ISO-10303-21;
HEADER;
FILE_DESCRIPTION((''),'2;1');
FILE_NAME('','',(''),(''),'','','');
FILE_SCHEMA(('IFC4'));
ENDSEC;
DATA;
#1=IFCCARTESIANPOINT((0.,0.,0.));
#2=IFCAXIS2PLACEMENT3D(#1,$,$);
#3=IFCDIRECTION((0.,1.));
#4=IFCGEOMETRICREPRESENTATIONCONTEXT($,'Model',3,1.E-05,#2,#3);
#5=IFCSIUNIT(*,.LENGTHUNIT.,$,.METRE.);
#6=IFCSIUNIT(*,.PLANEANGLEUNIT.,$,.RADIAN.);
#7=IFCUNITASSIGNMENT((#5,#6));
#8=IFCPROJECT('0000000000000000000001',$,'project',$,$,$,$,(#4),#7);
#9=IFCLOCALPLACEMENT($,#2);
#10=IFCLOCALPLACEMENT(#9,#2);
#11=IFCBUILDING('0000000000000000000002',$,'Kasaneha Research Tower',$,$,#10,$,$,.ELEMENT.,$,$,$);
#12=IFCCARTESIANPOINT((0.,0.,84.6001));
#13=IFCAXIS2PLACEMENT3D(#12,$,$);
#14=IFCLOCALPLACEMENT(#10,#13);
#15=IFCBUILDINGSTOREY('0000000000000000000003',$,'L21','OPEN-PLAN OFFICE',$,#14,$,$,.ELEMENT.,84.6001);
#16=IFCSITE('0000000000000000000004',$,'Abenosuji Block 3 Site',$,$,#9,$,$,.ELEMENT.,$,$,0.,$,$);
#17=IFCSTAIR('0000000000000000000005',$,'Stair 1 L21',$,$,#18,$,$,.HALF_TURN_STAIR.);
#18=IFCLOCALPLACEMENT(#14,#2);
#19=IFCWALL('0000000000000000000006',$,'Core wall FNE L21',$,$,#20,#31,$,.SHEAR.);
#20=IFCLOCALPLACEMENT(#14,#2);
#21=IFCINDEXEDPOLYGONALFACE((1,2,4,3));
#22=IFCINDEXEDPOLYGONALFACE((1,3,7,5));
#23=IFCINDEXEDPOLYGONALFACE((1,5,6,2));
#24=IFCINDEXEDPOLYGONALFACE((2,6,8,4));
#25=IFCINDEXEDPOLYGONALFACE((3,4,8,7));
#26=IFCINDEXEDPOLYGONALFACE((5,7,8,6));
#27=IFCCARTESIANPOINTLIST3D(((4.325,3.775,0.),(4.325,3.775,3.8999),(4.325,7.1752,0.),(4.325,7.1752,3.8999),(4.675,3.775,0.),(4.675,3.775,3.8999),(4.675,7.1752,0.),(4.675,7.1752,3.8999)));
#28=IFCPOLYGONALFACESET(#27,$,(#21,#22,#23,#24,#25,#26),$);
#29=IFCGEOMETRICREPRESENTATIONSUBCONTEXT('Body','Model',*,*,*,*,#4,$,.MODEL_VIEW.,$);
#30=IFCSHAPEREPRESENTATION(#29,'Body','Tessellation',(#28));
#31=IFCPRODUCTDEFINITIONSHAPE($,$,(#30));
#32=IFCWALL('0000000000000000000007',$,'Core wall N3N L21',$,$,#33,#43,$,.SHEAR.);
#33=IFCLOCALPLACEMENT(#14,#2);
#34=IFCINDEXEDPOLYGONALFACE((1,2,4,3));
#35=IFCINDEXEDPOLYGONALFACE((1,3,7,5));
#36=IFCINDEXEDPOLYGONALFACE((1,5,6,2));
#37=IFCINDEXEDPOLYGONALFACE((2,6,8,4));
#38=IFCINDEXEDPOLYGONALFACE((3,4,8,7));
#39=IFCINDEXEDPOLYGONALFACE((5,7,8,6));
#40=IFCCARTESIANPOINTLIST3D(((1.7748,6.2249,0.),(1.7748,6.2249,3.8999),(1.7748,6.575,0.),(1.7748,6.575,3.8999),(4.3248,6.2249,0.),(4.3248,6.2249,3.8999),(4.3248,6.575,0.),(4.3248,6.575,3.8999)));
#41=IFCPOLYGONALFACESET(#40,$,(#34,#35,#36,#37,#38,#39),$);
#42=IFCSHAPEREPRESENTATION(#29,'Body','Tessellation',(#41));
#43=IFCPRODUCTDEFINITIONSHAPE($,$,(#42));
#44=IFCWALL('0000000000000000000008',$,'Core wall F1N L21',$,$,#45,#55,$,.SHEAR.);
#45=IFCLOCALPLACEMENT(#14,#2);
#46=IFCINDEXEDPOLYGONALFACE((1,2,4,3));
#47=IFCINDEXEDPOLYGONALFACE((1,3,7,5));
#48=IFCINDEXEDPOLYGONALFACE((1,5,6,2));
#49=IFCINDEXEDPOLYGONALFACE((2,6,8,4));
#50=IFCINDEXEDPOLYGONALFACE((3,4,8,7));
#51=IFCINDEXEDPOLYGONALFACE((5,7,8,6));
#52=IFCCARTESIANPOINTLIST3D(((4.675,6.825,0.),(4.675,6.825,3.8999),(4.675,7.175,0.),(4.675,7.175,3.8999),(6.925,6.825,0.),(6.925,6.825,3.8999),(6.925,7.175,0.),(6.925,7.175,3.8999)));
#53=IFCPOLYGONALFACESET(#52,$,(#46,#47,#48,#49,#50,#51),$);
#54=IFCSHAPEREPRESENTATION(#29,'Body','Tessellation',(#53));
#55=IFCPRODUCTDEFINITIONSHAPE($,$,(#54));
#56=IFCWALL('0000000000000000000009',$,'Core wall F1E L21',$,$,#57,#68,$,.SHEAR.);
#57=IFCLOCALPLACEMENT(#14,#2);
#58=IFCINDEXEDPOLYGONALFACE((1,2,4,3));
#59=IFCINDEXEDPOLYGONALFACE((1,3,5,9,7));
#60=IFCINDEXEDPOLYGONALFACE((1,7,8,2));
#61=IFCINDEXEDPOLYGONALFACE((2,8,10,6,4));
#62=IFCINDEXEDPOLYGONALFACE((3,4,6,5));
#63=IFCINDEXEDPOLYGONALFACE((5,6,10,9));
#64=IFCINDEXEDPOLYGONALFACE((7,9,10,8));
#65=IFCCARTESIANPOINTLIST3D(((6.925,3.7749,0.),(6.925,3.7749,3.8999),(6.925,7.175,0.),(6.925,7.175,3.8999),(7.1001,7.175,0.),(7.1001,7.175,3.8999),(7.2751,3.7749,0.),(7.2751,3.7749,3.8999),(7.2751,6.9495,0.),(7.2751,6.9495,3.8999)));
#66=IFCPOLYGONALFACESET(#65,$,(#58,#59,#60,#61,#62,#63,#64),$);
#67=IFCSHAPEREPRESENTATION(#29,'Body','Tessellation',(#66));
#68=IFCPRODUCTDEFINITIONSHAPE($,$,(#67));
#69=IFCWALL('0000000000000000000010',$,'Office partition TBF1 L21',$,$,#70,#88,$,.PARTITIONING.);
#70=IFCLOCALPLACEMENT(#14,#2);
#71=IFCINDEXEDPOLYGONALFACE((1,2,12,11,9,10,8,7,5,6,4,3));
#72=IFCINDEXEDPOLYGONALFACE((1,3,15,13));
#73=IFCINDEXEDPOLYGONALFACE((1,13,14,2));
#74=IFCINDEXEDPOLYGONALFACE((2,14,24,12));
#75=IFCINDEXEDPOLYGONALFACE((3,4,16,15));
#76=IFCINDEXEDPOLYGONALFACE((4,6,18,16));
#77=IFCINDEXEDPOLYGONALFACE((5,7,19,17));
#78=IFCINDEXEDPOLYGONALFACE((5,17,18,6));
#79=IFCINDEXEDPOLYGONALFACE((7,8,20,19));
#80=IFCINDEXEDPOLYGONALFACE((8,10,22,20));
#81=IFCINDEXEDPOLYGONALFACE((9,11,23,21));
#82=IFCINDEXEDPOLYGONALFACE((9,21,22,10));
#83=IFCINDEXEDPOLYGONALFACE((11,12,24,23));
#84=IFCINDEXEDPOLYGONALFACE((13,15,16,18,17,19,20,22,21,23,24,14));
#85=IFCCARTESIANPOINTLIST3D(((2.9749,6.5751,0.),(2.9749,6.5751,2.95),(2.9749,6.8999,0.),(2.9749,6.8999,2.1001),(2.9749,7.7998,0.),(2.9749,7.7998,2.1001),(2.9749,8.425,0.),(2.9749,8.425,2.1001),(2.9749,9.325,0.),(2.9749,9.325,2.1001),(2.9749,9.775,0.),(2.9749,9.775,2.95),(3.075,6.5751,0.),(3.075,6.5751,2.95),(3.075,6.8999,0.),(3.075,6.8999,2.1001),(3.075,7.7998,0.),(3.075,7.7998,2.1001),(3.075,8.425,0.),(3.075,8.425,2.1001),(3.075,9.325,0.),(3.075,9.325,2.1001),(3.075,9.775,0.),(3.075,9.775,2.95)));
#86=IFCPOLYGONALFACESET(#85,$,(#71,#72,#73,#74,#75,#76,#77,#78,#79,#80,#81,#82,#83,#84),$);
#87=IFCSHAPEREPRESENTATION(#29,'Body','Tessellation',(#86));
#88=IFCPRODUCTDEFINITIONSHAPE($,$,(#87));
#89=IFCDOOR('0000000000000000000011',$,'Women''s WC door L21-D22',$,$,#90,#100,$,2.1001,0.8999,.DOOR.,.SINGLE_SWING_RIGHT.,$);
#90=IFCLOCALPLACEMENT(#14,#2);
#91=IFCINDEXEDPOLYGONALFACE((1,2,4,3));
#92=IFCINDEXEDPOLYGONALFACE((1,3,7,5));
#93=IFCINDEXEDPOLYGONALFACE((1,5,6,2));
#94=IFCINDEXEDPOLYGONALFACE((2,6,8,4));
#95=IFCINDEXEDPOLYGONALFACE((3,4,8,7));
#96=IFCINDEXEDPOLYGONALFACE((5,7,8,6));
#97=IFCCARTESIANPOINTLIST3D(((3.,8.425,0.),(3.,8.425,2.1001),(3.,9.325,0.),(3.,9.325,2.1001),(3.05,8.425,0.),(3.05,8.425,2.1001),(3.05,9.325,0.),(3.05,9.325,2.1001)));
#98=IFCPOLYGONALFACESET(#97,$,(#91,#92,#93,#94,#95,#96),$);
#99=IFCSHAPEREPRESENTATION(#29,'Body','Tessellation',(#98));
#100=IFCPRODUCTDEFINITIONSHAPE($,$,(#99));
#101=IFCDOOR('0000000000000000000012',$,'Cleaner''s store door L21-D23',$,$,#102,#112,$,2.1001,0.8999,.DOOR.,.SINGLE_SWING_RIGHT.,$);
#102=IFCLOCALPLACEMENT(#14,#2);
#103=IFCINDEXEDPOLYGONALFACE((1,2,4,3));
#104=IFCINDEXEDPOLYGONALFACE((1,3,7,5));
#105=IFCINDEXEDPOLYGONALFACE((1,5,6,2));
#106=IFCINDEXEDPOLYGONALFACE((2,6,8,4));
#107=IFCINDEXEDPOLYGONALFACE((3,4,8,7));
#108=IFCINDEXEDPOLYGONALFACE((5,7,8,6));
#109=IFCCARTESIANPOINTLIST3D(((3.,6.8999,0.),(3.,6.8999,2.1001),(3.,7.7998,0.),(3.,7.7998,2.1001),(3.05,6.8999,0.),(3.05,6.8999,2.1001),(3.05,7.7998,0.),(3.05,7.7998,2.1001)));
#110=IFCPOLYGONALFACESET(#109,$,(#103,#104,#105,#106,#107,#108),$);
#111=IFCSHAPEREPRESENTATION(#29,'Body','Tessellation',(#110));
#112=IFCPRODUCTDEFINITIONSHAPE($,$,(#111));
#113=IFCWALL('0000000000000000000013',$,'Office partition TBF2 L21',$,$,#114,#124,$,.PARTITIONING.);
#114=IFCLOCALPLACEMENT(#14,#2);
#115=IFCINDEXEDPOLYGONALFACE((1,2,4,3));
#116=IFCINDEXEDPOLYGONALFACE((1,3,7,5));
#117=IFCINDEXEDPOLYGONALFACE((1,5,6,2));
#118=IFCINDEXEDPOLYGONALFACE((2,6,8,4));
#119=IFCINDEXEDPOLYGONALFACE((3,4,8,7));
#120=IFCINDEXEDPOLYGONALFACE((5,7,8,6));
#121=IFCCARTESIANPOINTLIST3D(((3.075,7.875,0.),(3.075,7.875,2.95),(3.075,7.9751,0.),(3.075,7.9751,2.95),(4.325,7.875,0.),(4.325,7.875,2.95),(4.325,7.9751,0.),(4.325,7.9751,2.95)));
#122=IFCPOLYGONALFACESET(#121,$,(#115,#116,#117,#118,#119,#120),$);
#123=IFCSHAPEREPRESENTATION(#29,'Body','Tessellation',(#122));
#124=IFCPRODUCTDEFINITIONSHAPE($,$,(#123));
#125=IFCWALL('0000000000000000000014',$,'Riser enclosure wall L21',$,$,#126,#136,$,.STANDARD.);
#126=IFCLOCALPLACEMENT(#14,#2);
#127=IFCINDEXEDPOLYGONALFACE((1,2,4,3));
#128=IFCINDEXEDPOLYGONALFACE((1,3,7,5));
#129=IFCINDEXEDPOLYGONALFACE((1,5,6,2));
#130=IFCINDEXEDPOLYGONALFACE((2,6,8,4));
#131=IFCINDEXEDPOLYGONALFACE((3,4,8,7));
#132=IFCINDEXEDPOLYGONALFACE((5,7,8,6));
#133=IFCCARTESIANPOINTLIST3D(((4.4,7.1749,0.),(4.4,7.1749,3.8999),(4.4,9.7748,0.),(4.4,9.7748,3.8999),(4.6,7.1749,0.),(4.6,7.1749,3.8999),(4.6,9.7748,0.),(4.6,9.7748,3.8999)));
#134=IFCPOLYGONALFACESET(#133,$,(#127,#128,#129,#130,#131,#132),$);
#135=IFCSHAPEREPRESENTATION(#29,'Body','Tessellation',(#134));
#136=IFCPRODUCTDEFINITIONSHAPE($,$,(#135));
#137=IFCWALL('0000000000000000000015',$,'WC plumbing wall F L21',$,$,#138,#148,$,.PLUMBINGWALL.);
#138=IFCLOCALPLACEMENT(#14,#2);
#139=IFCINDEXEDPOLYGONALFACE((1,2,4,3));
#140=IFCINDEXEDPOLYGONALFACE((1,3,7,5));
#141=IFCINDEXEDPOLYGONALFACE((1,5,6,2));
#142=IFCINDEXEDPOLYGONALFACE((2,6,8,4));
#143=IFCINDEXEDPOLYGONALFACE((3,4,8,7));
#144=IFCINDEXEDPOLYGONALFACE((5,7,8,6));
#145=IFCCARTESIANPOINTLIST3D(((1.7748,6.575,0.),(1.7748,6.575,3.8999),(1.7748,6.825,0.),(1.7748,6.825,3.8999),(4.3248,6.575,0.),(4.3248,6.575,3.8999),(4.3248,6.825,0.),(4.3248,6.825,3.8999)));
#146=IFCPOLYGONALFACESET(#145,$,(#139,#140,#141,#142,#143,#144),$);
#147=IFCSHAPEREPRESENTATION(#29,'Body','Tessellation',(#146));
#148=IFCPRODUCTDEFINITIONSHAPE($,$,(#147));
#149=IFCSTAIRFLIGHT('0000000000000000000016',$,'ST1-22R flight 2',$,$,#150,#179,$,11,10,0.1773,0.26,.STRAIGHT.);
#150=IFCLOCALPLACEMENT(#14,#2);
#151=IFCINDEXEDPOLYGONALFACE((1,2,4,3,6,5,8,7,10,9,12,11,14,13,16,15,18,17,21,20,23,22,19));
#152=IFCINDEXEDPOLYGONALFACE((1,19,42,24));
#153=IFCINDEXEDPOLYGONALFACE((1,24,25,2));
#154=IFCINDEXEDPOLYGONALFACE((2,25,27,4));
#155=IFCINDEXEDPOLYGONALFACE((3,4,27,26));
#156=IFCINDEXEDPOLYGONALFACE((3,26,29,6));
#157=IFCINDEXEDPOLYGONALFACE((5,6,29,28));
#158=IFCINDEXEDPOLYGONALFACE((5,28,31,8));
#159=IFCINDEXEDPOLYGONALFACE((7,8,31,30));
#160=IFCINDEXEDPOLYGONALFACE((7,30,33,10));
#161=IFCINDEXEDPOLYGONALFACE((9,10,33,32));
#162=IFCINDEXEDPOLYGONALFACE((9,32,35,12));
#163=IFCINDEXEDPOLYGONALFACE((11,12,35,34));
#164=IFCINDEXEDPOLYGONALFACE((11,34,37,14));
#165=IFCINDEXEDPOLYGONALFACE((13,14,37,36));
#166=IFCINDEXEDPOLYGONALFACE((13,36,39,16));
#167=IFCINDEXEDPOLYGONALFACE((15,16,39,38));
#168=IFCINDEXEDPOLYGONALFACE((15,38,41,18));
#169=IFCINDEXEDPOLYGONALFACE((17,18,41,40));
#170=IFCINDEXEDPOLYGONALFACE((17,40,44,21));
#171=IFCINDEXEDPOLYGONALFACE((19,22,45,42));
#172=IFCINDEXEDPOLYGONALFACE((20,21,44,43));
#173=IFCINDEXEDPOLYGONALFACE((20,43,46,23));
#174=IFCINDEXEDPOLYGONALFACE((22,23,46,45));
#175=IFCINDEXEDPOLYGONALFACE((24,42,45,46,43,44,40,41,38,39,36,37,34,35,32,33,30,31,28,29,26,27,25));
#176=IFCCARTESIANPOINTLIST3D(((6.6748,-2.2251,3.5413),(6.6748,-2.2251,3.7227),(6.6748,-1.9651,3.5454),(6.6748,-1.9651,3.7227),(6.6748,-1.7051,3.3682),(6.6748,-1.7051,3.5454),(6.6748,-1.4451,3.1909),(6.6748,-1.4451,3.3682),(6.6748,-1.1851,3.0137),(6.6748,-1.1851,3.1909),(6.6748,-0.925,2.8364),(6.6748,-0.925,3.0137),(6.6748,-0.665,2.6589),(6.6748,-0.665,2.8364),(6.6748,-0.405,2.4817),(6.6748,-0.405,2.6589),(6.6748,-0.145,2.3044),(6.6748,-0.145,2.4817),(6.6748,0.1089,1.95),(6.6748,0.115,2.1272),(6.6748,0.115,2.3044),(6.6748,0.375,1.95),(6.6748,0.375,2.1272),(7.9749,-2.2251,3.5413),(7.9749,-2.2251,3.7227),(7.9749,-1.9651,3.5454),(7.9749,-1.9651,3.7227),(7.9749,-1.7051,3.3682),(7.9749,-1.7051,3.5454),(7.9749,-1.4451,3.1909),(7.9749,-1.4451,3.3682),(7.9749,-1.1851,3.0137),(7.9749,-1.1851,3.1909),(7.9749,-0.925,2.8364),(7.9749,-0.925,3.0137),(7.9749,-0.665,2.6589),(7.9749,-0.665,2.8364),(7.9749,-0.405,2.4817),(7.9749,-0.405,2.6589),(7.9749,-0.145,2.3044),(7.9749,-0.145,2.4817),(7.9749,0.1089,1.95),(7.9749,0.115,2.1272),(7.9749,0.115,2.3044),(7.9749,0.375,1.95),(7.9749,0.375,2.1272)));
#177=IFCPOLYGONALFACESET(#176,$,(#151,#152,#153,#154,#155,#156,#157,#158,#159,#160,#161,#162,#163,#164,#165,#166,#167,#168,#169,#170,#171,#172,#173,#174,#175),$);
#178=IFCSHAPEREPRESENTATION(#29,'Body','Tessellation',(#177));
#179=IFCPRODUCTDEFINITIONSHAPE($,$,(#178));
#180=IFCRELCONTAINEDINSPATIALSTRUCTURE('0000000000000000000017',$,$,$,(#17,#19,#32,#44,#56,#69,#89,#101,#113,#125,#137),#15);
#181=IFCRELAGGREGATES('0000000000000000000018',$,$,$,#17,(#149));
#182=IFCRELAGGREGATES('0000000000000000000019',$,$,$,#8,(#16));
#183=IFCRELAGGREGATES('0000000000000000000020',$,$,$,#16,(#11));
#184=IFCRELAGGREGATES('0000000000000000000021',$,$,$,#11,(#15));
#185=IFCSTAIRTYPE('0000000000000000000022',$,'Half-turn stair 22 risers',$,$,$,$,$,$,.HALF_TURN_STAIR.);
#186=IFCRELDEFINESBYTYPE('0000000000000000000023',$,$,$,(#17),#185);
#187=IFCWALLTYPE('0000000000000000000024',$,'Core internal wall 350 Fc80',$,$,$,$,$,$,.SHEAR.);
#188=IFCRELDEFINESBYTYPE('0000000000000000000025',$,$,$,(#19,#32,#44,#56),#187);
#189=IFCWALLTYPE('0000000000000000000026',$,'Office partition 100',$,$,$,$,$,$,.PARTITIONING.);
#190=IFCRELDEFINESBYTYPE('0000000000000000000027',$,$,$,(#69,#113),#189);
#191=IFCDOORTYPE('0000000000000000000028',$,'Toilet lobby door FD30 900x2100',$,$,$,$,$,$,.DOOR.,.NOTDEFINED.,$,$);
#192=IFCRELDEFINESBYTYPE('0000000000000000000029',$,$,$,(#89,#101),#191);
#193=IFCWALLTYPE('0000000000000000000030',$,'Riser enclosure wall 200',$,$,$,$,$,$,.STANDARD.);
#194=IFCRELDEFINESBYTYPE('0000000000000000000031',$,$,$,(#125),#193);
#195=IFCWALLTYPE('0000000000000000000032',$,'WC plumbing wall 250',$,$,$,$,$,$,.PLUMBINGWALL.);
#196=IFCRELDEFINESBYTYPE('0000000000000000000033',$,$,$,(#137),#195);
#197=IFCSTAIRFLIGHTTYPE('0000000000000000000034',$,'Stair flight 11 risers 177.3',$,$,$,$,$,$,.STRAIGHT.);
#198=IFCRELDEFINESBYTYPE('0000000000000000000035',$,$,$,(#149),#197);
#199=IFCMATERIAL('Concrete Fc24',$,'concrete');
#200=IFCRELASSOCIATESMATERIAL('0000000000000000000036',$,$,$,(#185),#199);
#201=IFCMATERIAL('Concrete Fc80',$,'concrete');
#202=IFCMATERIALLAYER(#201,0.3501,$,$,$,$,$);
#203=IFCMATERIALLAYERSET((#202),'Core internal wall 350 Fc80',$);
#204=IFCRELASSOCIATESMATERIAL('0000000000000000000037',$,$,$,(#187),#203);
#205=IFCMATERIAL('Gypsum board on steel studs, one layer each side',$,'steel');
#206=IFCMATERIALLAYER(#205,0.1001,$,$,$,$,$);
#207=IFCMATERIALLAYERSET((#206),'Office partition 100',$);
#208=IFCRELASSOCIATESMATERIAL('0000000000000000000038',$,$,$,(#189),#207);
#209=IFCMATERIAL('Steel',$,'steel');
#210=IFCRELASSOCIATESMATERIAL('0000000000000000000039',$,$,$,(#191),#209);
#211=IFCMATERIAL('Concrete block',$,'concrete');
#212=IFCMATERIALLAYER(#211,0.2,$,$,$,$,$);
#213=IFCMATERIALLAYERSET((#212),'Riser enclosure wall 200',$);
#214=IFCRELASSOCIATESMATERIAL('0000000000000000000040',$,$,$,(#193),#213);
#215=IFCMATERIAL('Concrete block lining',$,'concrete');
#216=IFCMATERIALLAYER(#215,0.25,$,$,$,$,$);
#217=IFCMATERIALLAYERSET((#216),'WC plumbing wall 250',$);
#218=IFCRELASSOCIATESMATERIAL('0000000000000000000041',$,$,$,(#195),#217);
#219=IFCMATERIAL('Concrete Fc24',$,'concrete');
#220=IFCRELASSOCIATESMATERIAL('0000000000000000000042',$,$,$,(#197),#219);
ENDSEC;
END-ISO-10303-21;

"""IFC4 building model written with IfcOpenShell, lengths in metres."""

from ifc_helpers import new_model, si_unit, direction, frame, frame_2d, origin, place, context, subcontext, project, spatial, polyline, rectangle, outline, extrude, material, layer, layer_set, type_object, element, fill, aggregate, save


model = new_model("IFC4")

# Units and contexts
model_context = context("Model", 3, precision=1e-05, world=origin(), true_north=direction((0.0, 1.0)))
body_context = subcontext(model_context, "Body", "Model", "MODEL_VIEW")
ifc_project = project(units=[si_unit("LENGTHUNIT", "METRE"), si_unit("PLANEANGLEUNIT", "RADIAN")], contexts=[model_context])

# Site, building, storey
site_placement = place(None, origin())
site = spatial("IfcSite", under=ifc_project, at=site_placement, Name="Abenosuji Block 3 Site", CompositionType="ELEMENT", RefElevation=0.0)
building_placement = place(site_placement, origin())
building = spatial("IfcBuilding", under=site, at=building_placement, Name="Kasaneha Research Tower", CompositionType="ELEMENT")
storey_placement = place(building_placement, frame((0.0, 0.0, 84.6001)))
storey = spatial("IfcBuildingStorey", under=building, at=storey_placement, Name="L21", Description="OPEN-PLAN OFFICE", CompositionType="ELEMENT", Elevation=84.6001)

# Stair
ifc_material_1 = material(Name="Concrete Fc24", Category="concrete")
stair_type = type_object("IfcStairType", Name="Half-turn stair 22 risers", PredefinedType="HALF_TURN_STAIR", material=ifc_material_1)
stair_1_placement = place(storey_placement, origin())
stair_1 = element("IfcStair", 1, at=stair_1_placement, inside=storey, type_object=stair_type, Name="Stair 1 L21", PredefinedType="HALF_TURN_STAIR")

# Shared definitions
ifc_material_2 = material(Name="Concrete Fc80", Category="concrete")
ifc_layer_1 = layer(ifc_material_2, 0.3501)
ifc_layer_set_1 = layer_set([ifc_layer_1], Name="Core internal wall 350 Fc80")
wall_type_1 = type_object("IfcWallType", Name="Core internal wall 350 Fc80", PredefinedType="SHEAR", material=ifc_layer_set_1)

# Walls
wall_1_placement = place(storey_placement, frame((4.5, 3.7749, 0.0), z_axis=(0.0, 0.0, 1.0), x_axis=(0.0, 1.0, 0.0)))
element("IfcWall", 2, at=wall_1_placement, inside=storey, type_object=wall_type_1, Name="Core wall FNE L21", PredefinedType="SHEAR", context=body_context, shape_type="SweptSolid", body=[
    extrude(rectangle(XDim=3.4001, YDim=0.3501, at=frame_2d((1.7002, 0.0))), origin(), (0.0, 0.0, 1.0), 3.8999),
])
wall_2_placement = place(storey_placement, frame((1.7749, 6.3999, 0.0), z_axis=(0.0, 0.0, 1.0), x_axis=(1.0, 0.0, 0.0)))
element("IfcWall", 3, at=wall_2_placement, inside=storey, type_object=wall_type_1, Name="Core wall N3N L21", PredefinedType="SHEAR", context=body_context, shape_type="SweptSolid", body=[
    extrude(rectangle(XDim=2.55, YDim=0.3501, at=frame_2d((1.2749, 0.0))), origin(), (0.0, 0.0, 1.0), 3.8999),
])
wall_3_placement = place(storey_placement, frame((4.675, 7.0, 0.0), z_axis=(0.0, 0.0, 1.0), x_axis=(1.0, 0.0, 0.0)))
element("IfcWall", 4, at=wall_3_placement, inside=storey, type_object=wall_type_1, Name="Core wall F1N L21", PredefinedType="SHEAR", context=body_context, shape_type="SweptSolid", body=[
    extrude(rectangle(XDim=2.25, YDim=0.3501, at=frame_2d((1.125, 0.0))), origin(), (0.0, 0.0, 1.0), 3.8999),
])
wall_4_placement = place(storey_placement, frame((7.1001, 3.7749, 0.0), z_axis=(0.0, 0.0, 1.0), x_axis=(0.0, 1.0, 0.0)))
element("IfcWall", 5, at=wall_4_placement, inside=storey, type_object=wall_type_1, Name="Core wall F1E L21", PredefinedType="SHEAR", context=body_context, shape_type="SweptSolid", body=[
    extrude(outline(polyline([(0.0, -0.175), (3.1746, -0.175), (3.4001, 0.0), (3.4001, 0.175), (0.0, 0.175), (0.0, -0.175)])), origin(), (0.0, 0.0, 1.0), 3.8999),
])

# Wall, openings, doors
ifc_material_3 = material(Name="Gypsum board on steel studs, one layer each side", Category="steel")
ifc_layer_2 = layer(ifc_material_3, 0.1001)
ifc_layer_set_2 = layer_set([ifc_layer_2], Name="Office partition 100")
wall_type_2 = type_object("IfcWallType", Name="Office partition 100", PredefinedType="PARTITIONING", material=ifc_layer_set_2)
wall_5_placement = place(storey_placement, frame((3.0249, 6.575, 0.0), z_axis=(0.0, 0.0, 1.0), x_axis=(0.0, 1.0, 0.0)))
wall_5 = element("IfcWall", 6, at=wall_5_placement, inside=storey, type_object=wall_type_2, Name="Office partition TBF1 L21", PredefinedType="PARTITIONING", context=body_context, shape_type="SweptSolid", body=[
    extrude(rectangle(XDim=3.2, YDim=0.1001, at=frame_2d((1.6001, 0.0))), origin(), (0.0, 0.0, 1.0), 2.95),
])
opening_1_placement = place(wall_5_placement, frame((1.8501, 0.0, 0.0)))
opening_1 = element("IfcOpeningElement", 7, at=opening_1_placement, cuts=wall_5, PredefinedType="OPENING", context=body_context, shape_type="SweptSolid", body=[
    extrude(rectangle(XDim=0.8999, YDim=2.1001, at=frame_2d((0.45, 1.05))), frame((0.0, 0.0601, 0.0), z_axis=(0.0, -1.0, 0.0), x_axis=(1.0, 0.0, 0.0)), (0.0, 0.0, 1.0), 0.1201),
])
opening_2_placement = place(wall_5_placement, frame((0.325, 0.0, 0.0)))
opening_2 = element("IfcOpeningElement", 8, at=opening_2_placement, cuts=wall_5, PredefinedType="OPENING", context=body_context, shape_type="SweptSolid", body=[
    extrude(rectangle(XDim=0.8999, YDim=2.1001, at=frame_2d((0.45, 1.05))), frame((0.0, 0.0601, 0.0), z_axis=(0.0, -1.0, 0.0), x_axis=(1.0, 0.0, 0.0)), (0.0, 0.0, 1.0), 0.1201),
])
ifc_material_4 = material(Name="Steel", Category="steel")
door_type_1 = type_object("IfcDoorType", Name="Toilet lobby door FD30 900x2100", OperationType="NOTDEFINED", PredefinedType="DOOR", material=ifc_material_4)
door_1_placement = place(opening_1_placement, origin())
door_1 = element("IfcDoor", 9, at=door_1_placement, inside=storey, type_object=door_type_1, Name="Women's WC door L21-D22", OperationType="SINGLE_SWING_RIGHT", OverallHeight=2.1001, OverallWidth=0.8999, PredefinedType="DOOR", context=body_context, shape_type="SweptSolid", body=[
    extrude(rectangle(XDim=0.8999, YDim=2.1001, at=frame_2d((0.45, 1.05))), frame((0.0, 0.0249, 0.0), z_axis=(0.0, -1.0, 0.0), x_axis=(1.0, 0.0, 0.0)), (0.0, 0.0, 1.0), 0.05),
])
fill(opening_1, door_1)
door_2_placement = place(opening_2_placement, origin())
door_2 = element("IfcDoor", 10, at=door_2_placement, inside=storey, type_object=door_type_1, Name="Cleaner's store door L21-D23", OperationType="SINGLE_SWING_RIGHT", OverallHeight=2.1001, OverallWidth=0.8999, PredefinedType="DOOR", context=body_context, shape_type="SweptSolid", body=[
    extrude(rectangle(XDim=0.8999, YDim=2.1001, at=frame_2d((0.45, 1.05))), frame((0.0, 0.0249, 0.0), z_axis=(0.0, -1.0, 0.0), x_axis=(1.0, 0.0, 0.0)), (0.0, 0.0, 1.0), 0.05),
])
fill(opening_2, door_2)

# Walls
wall_6_placement = place(storey_placement, frame((3.075, 7.925, 0.0), z_axis=(0.0, 0.0, 1.0), x_axis=(1.0, 0.0, 0.0)))
element("IfcWall", 11, at=wall_6_placement, inside=storey, type_object=wall_type_2, Name="Office partition TBF2 L21", PredefinedType="PARTITIONING", context=body_context, shape_type="SweptSolid", body=[
    extrude(rectangle(XDim=1.25, YDim=0.1001, at=frame_2d((0.625, 0.0))), origin(), (0.0, 0.0, 1.0), 2.95),
])
ifc_material_5 = material(Name="Concrete block", Category="concrete")
ifc_layer_3 = layer(ifc_material_5, 0.2)
ifc_layer_set_3 = layer_set([ifc_layer_3], Name="Riser enclosure wall 200")
wall_type_3 = type_object("IfcWallType", Name="Riser enclosure wall 200", PredefinedType="STANDARD", material=ifc_layer_set_3)
wall_7_placement = place(storey_placement, frame((4.5, 7.175, 0.0), z_axis=(0.0, 0.0, 1.0), x_axis=(0.0, 1.0, 0.0)))
element("IfcWall", 12, at=wall_7_placement, inside=storey, type_object=wall_type_3, Name="Riser enclosure wall L21", PredefinedType="STANDARD", context=body_context, shape_type="SweptSolid", body=[
    extrude(rectangle(XDim=2.5999, YDim=0.2, at=frame_2d((1.2998, 0.0))), origin(), (0.0, 0.0, 1.0), 3.8999),
])
ifc_material_6 = material(Name="Concrete block lining", Category="concrete")
ifc_layer_4 = layer(ifc_material_6, 0.25)
ifc_layer_set_4 = layer_set([ifc_layer_4], Name="WC plumbing wall 250")
wall_type_4 = type_object("IfcWallType", Name="WC plumbing wall 250", PredefinedType="PLUMBINGWALL", material=ifc_layer_set_4)
wall_8_placement = place(storey_placement, frame((1.7749, 6.7, 0.0), z_axis=(0.0, 0.0, 1.0), x_axis=(1.0, 0.0, 0.0)))
element("IfcWall", 13, at=wall_8_placement, inside=storey, type_object=wall_type_4, Name="WC plumbing wall F L21", PredefinedType="PLUMBINGWALL", context=body_context, shape_type="SweptSolid", body=[
    extrude(rectangle(XDim=2.55, YDim=0.25, at=frame_2d((1.2749, 0.0))), origin(), (0.0, 0.0, 1.0), 3.8999),
])

# Stair flight
ifc_material_7 = material(Name="Concrete Fc24", Category="concrete")
stair_flight_type = type_object("IfcStairFlightType", Name="Stair flight 11 risers 177.3", PredefinedType="STRAIGHT", material=ifc_material_7)
stair_flight_placement = place(storey_placement, frame((7.325, 0.375, 1.95), z_axis=(0.0, 0.0, 1.0), x_axis=(0.0, -1.0, 0.0)))
stair_flight = element("IfcStairFlight", 14, at=stair_flight_placement, type_object=stair_flight_type, Name="ST1-22R flight 2", NumberOfRisers=11, NumberOfTreads=10, PredefinedType="STRAIGHT", RiserHeight=0.1773, TreadLength=0.26, context=body_context, shape_type="SweptSolid", body=[
    extrude(outline(polyline([(0.0, 0.0), (0.0, 0.1772), (0.26, 0.1772), (0.26, 0.3545), (0.52, 0.3545), (0.52, 0.5317), (0.78, 0.5317), (0.78, 0.709), (1.04, 0.709), (1.04, 0.8865), (1.3, 0.8865), (1.3, 1.0637), (1.5601, 1.0637), (1.5601, 1.241), (1.8201, 1.241), (1.8201, 1.4182), (2.0801, 1.4182), (2.0801, 1.5955), (2.3401, 1.5955), (2.3401, 1.7727), (2.6001, 1.7727), (2.6001, 1.95), (2.6001, 1.5913), (0.2661, 0.0), (0.0, 0.0)])), frame((0.0, 0.6499, 0.0), z_axis=(0.0, -1.0, 0.0), x_axis=(1.0, 0.0, 0.0)), (0.0, 0.0, 1.0), 1.3),
])
aggregate(stair_1, [stair_flight])

save(model, "model.ifc")
